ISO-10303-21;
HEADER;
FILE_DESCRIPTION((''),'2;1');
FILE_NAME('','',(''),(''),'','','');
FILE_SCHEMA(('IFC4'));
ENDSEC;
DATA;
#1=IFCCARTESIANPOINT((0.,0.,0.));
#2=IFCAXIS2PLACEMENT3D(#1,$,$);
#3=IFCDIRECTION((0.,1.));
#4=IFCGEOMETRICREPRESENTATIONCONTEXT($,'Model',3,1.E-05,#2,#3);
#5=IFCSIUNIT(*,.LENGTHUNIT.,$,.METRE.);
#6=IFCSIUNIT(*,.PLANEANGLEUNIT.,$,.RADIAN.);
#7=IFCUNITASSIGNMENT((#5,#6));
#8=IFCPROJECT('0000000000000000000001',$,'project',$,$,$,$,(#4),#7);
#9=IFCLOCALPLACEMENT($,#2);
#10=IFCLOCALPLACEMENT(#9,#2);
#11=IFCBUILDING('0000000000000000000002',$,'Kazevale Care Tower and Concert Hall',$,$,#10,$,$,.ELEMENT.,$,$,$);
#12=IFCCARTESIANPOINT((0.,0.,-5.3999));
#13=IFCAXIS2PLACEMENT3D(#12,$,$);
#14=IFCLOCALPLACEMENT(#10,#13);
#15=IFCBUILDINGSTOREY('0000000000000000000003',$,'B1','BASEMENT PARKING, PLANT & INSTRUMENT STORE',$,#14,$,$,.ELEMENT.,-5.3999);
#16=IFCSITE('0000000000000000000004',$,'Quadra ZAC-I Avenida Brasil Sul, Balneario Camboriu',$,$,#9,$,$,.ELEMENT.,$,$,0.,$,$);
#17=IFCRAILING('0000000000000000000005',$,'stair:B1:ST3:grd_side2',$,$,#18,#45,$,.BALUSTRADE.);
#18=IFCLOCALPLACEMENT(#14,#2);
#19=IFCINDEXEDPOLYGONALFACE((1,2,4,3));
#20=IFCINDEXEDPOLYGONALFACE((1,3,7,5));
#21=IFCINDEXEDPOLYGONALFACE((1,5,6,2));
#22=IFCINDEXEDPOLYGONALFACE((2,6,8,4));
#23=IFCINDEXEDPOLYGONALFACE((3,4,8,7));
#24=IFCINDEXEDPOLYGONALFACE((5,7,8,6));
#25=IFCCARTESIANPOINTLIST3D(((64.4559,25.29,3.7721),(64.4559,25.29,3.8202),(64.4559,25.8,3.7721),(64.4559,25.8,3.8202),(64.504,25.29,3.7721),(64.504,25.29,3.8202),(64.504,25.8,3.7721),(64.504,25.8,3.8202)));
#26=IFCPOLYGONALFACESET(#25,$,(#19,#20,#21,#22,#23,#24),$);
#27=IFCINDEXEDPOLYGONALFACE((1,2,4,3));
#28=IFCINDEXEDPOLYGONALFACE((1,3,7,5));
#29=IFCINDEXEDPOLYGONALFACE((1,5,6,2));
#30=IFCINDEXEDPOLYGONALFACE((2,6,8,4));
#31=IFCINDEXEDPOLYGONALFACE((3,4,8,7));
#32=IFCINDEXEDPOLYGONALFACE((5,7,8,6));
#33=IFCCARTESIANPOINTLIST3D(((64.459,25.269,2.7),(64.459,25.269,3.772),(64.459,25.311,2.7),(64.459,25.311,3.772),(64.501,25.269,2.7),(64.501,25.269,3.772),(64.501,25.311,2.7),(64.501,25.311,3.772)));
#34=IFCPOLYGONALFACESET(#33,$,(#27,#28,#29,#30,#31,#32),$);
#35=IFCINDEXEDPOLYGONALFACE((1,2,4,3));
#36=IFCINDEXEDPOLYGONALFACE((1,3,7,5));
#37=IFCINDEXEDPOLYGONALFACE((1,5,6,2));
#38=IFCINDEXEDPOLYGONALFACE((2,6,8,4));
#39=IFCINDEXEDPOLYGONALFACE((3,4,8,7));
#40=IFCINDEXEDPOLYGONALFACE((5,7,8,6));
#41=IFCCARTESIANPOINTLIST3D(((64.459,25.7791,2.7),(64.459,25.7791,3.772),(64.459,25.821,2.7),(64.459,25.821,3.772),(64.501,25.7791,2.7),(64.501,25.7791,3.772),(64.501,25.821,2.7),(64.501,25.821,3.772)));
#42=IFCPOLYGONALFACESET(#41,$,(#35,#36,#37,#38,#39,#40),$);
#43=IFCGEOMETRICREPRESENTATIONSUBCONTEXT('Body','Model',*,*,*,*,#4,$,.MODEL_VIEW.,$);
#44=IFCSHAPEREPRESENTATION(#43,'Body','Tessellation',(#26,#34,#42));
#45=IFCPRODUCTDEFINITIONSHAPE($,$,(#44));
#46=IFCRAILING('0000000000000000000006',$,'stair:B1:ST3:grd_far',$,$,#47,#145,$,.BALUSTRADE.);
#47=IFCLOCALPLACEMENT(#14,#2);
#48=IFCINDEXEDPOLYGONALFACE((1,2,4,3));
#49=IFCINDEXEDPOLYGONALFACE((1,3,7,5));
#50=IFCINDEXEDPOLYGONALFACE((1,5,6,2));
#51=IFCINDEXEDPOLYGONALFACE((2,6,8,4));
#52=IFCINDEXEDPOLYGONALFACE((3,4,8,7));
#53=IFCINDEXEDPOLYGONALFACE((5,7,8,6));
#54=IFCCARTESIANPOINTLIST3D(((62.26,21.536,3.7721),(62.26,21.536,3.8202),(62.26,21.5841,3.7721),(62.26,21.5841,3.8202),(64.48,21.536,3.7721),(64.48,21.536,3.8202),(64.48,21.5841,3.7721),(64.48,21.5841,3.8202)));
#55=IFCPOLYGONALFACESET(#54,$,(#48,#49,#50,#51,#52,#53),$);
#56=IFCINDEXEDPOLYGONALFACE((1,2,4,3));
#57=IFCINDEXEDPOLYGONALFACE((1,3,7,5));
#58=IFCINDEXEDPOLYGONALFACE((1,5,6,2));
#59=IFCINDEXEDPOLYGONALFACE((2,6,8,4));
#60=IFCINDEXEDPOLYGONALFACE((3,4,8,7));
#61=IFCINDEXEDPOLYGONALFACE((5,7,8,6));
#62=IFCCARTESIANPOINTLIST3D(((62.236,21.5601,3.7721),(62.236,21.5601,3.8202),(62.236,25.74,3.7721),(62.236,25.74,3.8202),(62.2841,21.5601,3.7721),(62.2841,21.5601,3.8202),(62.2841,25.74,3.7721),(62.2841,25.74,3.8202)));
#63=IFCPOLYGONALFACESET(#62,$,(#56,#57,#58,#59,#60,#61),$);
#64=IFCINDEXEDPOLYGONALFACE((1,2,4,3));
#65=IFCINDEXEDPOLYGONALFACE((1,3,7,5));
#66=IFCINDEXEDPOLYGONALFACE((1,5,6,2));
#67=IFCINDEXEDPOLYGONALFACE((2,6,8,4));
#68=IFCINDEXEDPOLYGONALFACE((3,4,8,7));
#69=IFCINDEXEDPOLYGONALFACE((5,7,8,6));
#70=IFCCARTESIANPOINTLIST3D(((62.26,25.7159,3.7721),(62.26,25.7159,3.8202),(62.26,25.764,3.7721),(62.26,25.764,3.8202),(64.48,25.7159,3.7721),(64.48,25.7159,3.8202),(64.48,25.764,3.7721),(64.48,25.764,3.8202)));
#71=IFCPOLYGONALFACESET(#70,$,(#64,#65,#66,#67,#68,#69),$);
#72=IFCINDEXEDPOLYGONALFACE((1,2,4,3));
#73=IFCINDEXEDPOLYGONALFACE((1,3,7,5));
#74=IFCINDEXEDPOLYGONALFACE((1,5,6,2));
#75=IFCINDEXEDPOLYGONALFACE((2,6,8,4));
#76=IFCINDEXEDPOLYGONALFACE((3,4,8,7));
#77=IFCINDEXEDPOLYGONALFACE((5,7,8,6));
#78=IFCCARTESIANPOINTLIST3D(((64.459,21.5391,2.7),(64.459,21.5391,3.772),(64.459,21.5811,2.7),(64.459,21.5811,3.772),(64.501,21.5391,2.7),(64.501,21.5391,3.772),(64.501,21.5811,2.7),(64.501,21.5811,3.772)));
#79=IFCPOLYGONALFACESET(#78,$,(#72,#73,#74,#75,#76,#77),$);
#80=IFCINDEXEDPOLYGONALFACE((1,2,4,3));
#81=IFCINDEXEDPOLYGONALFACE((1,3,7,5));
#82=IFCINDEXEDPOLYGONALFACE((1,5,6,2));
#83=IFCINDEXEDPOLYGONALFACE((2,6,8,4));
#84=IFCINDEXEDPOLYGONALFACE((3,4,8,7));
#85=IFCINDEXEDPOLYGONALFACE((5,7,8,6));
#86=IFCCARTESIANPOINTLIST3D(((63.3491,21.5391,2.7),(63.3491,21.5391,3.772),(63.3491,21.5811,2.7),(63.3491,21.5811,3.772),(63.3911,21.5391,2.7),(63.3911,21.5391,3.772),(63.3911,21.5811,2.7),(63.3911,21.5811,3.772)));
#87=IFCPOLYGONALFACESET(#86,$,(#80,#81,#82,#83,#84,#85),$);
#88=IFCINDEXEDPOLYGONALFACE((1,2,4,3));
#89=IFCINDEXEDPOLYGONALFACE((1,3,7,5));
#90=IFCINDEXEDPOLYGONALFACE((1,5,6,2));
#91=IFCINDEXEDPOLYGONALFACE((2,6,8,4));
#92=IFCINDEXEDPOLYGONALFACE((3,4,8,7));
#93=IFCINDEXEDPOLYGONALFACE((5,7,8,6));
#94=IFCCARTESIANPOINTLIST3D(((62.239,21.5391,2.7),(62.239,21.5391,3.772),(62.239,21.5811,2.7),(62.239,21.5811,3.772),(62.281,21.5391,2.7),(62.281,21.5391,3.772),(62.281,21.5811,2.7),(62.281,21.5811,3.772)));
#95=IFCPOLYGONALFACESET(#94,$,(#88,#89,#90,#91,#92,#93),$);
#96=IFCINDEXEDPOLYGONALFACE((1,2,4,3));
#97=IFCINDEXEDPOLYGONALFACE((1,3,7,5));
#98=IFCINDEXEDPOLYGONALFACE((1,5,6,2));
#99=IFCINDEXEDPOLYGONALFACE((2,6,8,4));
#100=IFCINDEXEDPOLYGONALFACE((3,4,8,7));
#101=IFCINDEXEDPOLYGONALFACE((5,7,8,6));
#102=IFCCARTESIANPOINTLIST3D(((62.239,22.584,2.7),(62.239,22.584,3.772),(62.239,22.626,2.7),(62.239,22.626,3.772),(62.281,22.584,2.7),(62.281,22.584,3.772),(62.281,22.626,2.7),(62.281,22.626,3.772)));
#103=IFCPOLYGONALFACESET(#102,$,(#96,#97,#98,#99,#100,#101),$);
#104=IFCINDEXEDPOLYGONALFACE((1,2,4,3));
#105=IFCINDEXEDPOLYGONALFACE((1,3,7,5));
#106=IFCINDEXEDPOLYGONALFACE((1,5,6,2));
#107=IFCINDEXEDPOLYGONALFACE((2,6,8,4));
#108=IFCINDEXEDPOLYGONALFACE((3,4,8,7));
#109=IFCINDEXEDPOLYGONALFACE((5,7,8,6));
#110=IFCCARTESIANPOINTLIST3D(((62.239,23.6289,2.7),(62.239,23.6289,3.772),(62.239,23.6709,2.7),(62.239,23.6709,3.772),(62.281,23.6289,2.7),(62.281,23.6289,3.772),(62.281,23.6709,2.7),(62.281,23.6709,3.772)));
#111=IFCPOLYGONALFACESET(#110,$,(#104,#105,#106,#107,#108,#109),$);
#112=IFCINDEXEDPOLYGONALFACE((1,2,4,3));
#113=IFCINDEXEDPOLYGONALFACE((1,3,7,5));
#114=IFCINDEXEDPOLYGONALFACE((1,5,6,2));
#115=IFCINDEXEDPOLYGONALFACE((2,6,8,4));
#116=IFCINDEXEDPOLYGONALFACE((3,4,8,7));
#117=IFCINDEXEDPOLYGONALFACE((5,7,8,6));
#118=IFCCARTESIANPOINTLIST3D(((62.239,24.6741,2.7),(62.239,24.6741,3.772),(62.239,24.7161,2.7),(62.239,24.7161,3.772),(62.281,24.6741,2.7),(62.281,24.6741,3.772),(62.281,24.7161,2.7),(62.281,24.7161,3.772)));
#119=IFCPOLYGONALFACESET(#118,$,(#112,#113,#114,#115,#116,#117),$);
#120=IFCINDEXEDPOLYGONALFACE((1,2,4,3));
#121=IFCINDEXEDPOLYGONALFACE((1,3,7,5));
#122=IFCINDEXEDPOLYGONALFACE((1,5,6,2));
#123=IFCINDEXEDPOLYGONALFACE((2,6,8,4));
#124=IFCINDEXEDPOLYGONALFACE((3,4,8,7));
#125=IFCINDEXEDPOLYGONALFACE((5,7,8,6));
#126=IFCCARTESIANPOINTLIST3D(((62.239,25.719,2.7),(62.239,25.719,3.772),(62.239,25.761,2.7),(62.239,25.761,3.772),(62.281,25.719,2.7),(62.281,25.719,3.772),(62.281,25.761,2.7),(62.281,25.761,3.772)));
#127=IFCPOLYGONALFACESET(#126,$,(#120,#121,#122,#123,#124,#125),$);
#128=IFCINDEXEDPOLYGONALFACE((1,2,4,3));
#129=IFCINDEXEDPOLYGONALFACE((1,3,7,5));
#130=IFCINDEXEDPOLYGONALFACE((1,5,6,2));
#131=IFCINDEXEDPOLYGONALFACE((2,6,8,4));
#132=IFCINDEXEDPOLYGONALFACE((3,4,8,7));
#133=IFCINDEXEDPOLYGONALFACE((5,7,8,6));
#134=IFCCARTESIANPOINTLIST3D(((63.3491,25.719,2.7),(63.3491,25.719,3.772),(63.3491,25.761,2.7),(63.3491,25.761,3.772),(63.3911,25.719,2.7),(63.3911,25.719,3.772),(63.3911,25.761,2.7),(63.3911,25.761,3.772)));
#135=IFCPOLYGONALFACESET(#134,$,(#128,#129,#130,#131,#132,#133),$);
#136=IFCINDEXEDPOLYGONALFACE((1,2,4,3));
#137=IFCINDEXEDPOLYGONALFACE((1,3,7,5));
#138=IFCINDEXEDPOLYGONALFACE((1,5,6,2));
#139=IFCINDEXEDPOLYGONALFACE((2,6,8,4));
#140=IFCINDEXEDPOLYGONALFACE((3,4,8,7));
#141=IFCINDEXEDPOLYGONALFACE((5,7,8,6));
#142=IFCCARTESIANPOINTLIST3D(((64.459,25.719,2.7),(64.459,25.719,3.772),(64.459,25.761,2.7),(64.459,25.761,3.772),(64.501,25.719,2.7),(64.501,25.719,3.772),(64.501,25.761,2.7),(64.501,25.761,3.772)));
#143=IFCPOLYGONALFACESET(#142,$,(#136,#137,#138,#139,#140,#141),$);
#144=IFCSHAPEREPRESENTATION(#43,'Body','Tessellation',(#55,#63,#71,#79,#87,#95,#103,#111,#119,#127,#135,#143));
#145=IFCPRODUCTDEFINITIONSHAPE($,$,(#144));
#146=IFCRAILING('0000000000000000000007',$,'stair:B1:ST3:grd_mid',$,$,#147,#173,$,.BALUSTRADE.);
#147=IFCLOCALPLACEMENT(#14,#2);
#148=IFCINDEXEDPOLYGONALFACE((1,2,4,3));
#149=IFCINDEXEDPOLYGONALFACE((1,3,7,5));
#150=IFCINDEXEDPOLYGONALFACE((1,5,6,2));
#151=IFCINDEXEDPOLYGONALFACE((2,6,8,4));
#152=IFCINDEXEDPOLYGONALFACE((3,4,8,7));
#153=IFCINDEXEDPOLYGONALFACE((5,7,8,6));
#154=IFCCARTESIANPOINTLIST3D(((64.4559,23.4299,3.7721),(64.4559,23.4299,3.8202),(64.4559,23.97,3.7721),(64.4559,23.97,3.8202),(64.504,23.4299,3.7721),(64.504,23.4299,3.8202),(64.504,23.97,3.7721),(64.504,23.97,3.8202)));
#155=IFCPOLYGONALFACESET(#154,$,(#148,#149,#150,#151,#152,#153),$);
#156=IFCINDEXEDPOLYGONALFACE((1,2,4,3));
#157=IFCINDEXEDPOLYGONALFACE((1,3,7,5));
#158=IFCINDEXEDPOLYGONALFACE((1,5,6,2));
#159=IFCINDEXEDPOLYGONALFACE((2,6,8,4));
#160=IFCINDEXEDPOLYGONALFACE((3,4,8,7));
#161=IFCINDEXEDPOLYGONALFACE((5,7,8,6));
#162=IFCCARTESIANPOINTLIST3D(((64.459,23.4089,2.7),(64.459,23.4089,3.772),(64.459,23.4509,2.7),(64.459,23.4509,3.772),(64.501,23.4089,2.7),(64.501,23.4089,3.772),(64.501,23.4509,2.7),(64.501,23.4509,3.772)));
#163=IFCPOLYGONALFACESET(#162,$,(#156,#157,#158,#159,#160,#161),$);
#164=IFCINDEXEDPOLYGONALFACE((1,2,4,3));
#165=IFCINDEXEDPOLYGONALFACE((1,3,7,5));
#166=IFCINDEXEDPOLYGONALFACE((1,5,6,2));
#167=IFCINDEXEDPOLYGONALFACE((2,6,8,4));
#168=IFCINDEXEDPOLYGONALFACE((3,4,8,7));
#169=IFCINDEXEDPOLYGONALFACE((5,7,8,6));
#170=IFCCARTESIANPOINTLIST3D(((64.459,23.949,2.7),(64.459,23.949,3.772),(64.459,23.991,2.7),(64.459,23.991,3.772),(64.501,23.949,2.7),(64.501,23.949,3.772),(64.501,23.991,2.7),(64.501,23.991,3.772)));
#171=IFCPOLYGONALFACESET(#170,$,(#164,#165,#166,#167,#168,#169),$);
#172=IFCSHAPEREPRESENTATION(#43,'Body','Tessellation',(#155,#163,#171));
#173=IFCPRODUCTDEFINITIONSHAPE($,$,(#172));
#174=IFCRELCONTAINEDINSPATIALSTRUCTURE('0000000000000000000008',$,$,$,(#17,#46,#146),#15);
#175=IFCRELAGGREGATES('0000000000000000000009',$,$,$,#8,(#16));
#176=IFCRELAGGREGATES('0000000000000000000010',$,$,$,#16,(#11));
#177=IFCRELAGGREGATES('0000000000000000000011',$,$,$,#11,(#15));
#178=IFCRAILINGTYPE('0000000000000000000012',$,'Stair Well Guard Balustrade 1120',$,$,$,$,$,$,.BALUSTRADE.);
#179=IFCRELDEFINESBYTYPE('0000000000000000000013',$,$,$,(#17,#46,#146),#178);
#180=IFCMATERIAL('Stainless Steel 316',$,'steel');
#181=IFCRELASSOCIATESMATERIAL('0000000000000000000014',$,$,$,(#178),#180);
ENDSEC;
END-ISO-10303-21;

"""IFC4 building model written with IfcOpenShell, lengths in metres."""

from ifc_helpers import new_model, si_unit, direction, frame, origin, origin_2d, place, context, subcontext, project, spatial, rectangle, extrude, material, type_object, element, save


model = new_model("IFC4")

# Units and contexts
model_context = context("Model", 3, precision=1e-05, world=origin(), true_north=direction((0.0, 1.0)))
body_context = subcontext(model_context, "Body", "Model", "MODEL_VIEW")
ifc_project = project(units=[si_unit("LENGTHUNIT", "METRE"), si_unit("PLANEANGLEUNIT", "RADIAN")], contexts=[model_context])

# Site, building, storey
site_placement = place(None, origin())
site = spatial("IfcSite", under=ifc_project, at=site_placement, Name="Quadra ZAC-I Avenida Brasil Sul, Balneario Camboriu", CompositionType="ELEMENT", RefElevation=0.0)
building_placement = place(site_placement, origin())
building = spatial("IfcBuilding", under=site, at=building_placement, Name="Kazevale Care Tower and Concert Hall", CompositionType="ELEMENT")
storey_placement = place(building_placement, frame((0.0, 0.0, -5.3999)))
storey = spatial("IfcBuildingStorey", under=building, at=storey_placement, Name="B1", Description="BASEMENT PARKING, PLANT & INSTRUMENT STORE", CompositionType="ELEMENT", Elevation=-5.3999)

# Railings
ifc_material_1 = material(Name="Stainless Steel 316", Category="steel")
railing_type_1 = type_object("IfcRailingType", Name="Stair Well Guard Balustrade 1120", PredefinedType="BALUSTRADE", material=ifc_material_1)
railing_1_placement = place(storey_placement, frame((64.48, 25.29, 2.7)))
element("IfcRailing", 1, at=railing_1_placement, inside=storey, type_object=railing_type_1, Name="stair:B1:ST3:grd_side2", PredefinedType="BALUSTRADE", context=body_context, shape_type="SweptSolid", body=[
    extrude(rectangle(XDim=0.0481, YDim=0.0481, at=origin_2d()), frame((0.0, 0.0, 1.0962), z_axis=(0.0, 1.0, 0.0), x_axis=(-1.0, 0.0, 0.0)), (0.0, 0.0, 1.0), 0.51),
    extrude(rectangle(XDim=0.042, YDim=0.042, at=origin_2d()), origin(), (0.0, 0.0, 1.0), 1.072),
    extrude(rectangle(XDim=0.042, YDim=0.042, at=origin_2d()), frame((0.0, 0.51, 0.0)), (0.0, 0.0, 1.0), 1.072),
])
railing_2_placement = place(storey_placement, frame((64.48, 21.5601, 2.7)))
element("IfcRailing", 2, at=railing_2_placement, inside=storey, type_object=railing_type_1, Name="stair:B1:ST3:grd_far", PredefinedType="BALUSTRADE", context=body_context, shape_type="SweptSolid", body=[
    extrude(rectangle(XDim=0.0481, YDim=0.0481, at=origin_2d()), frame((0.0, 0.0, 1.0962), z_axis=(-1.0, 0.0, 0.0), x_axis=(0.0, -1.0, 0.0)), (0.0, 0.0, 1.0), 2.22),
    extrude(rectangle(XDim=0.0481, YDim=0.0481, at=origin_2d()), frame((-2.22, 0.0, 1.0962), z_axis=(0.0, 1.0, 0.0), x_axis=(-1.0, 0.0, 0.0)), (0.0, 0.0, 1.0), 4.1799),
    extrude(rectangle(XDim=0.0481, YDim=0.0481, at=origin_2d()), frame((-2.22, 4.1799, 1.0962), z_axis=(1.0, 0.0, 0.0), x_axis=(0.0, 1.0, 0.0)), (0.0, 0.0, 1.0), 2.22),
    extrude(rectangle(XDim=0.042, YDim=0.042, at=origin_2d()), origin(), (0.0, 0.0, 1.0), 1.072),
    extrude(rectangle(XDim=0.042, YDim=0.042, at=origin_2d()), frame((-1.1099, 0.0, 0.0)), (0.0, 0.0, 1.0), 1.072),
    extrude(rectangle(XDim=0.042, YDim=0.042, at=origin_2d()), frame((-2.22, 0.0, 0.0)), (0.0, 0.0, 1.0), 1.072),
    extrude(rectangle(XDim=0.042, YDim=0.042, at=origin_2d()), frame((-2.22, 1.0449, 0.0)), (0.0, 0.0, 1.0), 1.072),
    extrude(rectangle(XDim=0.042, YDim=0.042, at=origin_2d()), frame((-2.22, 2.0898, 0.0)), (0.0, 0.0, 1.0), 1.072),
    extrude(rectangle(XDim=0.042, YDim=0.042, at=origin_2d()), frame((-2.22, 3.135, 0.0)), (0.0, 0.0, 1.0), 1.072),
    extrude(rectangle(XDim=0.042, YDim=0.042, at=origin_2d()), frame((-2.22, 4.1799, 0.0)), (0.0, 0.0, 1.0), 1.072),
    extrude(rectangle(XDim=0.042, YDim=0.042, at=origin_2d()), frame((-1.1099, 4.1799, 0.0)), (0.0, 0.0, 1.0), 1.072),
    extrude(rectangle(XDim=0.042, YDim=0.042, at=origin_2d()), frame((0.0, 4.1799, 0.0)), (0.0, 0.0, 1.0), 1.072),
])
railing_3_placement = place(storey_placement, frame((64.48, 23.4299, 2.7)))
element("IfcRailing", 3, at=railing_3_placement, inside=storey, type_object=railing_type_1, Name="stair:B1:ST3:grd_mid", PredefinedType="BALUSTRADE", context=body_context, shape_type="SweptSolid", body=[
    extrude(rectangle(XDim=0.0481, YDim=0.0481, at=origin_2d()), frame((0.0, 0.0, 1.0962), z_axis=(0.0, 1.0, 0.0), x_axis=(-1.0, 0.0, 0.0)), (0.0, 0.0, 1.0), 0.54),
    extrude(rectangle(XDim=0.042, YDim=0.042, at=origin_2d()), origin(), (0.0, 0.0, 1.0), 1.072),
    extrude(rectangle(XDim=0.042, YDim=0.042, at=origin_2d()), frame((0.0, 0.54, 0.0)), (0.0, 0.0, 1.0), 1.072),
])

save(model, "model.ifc")
